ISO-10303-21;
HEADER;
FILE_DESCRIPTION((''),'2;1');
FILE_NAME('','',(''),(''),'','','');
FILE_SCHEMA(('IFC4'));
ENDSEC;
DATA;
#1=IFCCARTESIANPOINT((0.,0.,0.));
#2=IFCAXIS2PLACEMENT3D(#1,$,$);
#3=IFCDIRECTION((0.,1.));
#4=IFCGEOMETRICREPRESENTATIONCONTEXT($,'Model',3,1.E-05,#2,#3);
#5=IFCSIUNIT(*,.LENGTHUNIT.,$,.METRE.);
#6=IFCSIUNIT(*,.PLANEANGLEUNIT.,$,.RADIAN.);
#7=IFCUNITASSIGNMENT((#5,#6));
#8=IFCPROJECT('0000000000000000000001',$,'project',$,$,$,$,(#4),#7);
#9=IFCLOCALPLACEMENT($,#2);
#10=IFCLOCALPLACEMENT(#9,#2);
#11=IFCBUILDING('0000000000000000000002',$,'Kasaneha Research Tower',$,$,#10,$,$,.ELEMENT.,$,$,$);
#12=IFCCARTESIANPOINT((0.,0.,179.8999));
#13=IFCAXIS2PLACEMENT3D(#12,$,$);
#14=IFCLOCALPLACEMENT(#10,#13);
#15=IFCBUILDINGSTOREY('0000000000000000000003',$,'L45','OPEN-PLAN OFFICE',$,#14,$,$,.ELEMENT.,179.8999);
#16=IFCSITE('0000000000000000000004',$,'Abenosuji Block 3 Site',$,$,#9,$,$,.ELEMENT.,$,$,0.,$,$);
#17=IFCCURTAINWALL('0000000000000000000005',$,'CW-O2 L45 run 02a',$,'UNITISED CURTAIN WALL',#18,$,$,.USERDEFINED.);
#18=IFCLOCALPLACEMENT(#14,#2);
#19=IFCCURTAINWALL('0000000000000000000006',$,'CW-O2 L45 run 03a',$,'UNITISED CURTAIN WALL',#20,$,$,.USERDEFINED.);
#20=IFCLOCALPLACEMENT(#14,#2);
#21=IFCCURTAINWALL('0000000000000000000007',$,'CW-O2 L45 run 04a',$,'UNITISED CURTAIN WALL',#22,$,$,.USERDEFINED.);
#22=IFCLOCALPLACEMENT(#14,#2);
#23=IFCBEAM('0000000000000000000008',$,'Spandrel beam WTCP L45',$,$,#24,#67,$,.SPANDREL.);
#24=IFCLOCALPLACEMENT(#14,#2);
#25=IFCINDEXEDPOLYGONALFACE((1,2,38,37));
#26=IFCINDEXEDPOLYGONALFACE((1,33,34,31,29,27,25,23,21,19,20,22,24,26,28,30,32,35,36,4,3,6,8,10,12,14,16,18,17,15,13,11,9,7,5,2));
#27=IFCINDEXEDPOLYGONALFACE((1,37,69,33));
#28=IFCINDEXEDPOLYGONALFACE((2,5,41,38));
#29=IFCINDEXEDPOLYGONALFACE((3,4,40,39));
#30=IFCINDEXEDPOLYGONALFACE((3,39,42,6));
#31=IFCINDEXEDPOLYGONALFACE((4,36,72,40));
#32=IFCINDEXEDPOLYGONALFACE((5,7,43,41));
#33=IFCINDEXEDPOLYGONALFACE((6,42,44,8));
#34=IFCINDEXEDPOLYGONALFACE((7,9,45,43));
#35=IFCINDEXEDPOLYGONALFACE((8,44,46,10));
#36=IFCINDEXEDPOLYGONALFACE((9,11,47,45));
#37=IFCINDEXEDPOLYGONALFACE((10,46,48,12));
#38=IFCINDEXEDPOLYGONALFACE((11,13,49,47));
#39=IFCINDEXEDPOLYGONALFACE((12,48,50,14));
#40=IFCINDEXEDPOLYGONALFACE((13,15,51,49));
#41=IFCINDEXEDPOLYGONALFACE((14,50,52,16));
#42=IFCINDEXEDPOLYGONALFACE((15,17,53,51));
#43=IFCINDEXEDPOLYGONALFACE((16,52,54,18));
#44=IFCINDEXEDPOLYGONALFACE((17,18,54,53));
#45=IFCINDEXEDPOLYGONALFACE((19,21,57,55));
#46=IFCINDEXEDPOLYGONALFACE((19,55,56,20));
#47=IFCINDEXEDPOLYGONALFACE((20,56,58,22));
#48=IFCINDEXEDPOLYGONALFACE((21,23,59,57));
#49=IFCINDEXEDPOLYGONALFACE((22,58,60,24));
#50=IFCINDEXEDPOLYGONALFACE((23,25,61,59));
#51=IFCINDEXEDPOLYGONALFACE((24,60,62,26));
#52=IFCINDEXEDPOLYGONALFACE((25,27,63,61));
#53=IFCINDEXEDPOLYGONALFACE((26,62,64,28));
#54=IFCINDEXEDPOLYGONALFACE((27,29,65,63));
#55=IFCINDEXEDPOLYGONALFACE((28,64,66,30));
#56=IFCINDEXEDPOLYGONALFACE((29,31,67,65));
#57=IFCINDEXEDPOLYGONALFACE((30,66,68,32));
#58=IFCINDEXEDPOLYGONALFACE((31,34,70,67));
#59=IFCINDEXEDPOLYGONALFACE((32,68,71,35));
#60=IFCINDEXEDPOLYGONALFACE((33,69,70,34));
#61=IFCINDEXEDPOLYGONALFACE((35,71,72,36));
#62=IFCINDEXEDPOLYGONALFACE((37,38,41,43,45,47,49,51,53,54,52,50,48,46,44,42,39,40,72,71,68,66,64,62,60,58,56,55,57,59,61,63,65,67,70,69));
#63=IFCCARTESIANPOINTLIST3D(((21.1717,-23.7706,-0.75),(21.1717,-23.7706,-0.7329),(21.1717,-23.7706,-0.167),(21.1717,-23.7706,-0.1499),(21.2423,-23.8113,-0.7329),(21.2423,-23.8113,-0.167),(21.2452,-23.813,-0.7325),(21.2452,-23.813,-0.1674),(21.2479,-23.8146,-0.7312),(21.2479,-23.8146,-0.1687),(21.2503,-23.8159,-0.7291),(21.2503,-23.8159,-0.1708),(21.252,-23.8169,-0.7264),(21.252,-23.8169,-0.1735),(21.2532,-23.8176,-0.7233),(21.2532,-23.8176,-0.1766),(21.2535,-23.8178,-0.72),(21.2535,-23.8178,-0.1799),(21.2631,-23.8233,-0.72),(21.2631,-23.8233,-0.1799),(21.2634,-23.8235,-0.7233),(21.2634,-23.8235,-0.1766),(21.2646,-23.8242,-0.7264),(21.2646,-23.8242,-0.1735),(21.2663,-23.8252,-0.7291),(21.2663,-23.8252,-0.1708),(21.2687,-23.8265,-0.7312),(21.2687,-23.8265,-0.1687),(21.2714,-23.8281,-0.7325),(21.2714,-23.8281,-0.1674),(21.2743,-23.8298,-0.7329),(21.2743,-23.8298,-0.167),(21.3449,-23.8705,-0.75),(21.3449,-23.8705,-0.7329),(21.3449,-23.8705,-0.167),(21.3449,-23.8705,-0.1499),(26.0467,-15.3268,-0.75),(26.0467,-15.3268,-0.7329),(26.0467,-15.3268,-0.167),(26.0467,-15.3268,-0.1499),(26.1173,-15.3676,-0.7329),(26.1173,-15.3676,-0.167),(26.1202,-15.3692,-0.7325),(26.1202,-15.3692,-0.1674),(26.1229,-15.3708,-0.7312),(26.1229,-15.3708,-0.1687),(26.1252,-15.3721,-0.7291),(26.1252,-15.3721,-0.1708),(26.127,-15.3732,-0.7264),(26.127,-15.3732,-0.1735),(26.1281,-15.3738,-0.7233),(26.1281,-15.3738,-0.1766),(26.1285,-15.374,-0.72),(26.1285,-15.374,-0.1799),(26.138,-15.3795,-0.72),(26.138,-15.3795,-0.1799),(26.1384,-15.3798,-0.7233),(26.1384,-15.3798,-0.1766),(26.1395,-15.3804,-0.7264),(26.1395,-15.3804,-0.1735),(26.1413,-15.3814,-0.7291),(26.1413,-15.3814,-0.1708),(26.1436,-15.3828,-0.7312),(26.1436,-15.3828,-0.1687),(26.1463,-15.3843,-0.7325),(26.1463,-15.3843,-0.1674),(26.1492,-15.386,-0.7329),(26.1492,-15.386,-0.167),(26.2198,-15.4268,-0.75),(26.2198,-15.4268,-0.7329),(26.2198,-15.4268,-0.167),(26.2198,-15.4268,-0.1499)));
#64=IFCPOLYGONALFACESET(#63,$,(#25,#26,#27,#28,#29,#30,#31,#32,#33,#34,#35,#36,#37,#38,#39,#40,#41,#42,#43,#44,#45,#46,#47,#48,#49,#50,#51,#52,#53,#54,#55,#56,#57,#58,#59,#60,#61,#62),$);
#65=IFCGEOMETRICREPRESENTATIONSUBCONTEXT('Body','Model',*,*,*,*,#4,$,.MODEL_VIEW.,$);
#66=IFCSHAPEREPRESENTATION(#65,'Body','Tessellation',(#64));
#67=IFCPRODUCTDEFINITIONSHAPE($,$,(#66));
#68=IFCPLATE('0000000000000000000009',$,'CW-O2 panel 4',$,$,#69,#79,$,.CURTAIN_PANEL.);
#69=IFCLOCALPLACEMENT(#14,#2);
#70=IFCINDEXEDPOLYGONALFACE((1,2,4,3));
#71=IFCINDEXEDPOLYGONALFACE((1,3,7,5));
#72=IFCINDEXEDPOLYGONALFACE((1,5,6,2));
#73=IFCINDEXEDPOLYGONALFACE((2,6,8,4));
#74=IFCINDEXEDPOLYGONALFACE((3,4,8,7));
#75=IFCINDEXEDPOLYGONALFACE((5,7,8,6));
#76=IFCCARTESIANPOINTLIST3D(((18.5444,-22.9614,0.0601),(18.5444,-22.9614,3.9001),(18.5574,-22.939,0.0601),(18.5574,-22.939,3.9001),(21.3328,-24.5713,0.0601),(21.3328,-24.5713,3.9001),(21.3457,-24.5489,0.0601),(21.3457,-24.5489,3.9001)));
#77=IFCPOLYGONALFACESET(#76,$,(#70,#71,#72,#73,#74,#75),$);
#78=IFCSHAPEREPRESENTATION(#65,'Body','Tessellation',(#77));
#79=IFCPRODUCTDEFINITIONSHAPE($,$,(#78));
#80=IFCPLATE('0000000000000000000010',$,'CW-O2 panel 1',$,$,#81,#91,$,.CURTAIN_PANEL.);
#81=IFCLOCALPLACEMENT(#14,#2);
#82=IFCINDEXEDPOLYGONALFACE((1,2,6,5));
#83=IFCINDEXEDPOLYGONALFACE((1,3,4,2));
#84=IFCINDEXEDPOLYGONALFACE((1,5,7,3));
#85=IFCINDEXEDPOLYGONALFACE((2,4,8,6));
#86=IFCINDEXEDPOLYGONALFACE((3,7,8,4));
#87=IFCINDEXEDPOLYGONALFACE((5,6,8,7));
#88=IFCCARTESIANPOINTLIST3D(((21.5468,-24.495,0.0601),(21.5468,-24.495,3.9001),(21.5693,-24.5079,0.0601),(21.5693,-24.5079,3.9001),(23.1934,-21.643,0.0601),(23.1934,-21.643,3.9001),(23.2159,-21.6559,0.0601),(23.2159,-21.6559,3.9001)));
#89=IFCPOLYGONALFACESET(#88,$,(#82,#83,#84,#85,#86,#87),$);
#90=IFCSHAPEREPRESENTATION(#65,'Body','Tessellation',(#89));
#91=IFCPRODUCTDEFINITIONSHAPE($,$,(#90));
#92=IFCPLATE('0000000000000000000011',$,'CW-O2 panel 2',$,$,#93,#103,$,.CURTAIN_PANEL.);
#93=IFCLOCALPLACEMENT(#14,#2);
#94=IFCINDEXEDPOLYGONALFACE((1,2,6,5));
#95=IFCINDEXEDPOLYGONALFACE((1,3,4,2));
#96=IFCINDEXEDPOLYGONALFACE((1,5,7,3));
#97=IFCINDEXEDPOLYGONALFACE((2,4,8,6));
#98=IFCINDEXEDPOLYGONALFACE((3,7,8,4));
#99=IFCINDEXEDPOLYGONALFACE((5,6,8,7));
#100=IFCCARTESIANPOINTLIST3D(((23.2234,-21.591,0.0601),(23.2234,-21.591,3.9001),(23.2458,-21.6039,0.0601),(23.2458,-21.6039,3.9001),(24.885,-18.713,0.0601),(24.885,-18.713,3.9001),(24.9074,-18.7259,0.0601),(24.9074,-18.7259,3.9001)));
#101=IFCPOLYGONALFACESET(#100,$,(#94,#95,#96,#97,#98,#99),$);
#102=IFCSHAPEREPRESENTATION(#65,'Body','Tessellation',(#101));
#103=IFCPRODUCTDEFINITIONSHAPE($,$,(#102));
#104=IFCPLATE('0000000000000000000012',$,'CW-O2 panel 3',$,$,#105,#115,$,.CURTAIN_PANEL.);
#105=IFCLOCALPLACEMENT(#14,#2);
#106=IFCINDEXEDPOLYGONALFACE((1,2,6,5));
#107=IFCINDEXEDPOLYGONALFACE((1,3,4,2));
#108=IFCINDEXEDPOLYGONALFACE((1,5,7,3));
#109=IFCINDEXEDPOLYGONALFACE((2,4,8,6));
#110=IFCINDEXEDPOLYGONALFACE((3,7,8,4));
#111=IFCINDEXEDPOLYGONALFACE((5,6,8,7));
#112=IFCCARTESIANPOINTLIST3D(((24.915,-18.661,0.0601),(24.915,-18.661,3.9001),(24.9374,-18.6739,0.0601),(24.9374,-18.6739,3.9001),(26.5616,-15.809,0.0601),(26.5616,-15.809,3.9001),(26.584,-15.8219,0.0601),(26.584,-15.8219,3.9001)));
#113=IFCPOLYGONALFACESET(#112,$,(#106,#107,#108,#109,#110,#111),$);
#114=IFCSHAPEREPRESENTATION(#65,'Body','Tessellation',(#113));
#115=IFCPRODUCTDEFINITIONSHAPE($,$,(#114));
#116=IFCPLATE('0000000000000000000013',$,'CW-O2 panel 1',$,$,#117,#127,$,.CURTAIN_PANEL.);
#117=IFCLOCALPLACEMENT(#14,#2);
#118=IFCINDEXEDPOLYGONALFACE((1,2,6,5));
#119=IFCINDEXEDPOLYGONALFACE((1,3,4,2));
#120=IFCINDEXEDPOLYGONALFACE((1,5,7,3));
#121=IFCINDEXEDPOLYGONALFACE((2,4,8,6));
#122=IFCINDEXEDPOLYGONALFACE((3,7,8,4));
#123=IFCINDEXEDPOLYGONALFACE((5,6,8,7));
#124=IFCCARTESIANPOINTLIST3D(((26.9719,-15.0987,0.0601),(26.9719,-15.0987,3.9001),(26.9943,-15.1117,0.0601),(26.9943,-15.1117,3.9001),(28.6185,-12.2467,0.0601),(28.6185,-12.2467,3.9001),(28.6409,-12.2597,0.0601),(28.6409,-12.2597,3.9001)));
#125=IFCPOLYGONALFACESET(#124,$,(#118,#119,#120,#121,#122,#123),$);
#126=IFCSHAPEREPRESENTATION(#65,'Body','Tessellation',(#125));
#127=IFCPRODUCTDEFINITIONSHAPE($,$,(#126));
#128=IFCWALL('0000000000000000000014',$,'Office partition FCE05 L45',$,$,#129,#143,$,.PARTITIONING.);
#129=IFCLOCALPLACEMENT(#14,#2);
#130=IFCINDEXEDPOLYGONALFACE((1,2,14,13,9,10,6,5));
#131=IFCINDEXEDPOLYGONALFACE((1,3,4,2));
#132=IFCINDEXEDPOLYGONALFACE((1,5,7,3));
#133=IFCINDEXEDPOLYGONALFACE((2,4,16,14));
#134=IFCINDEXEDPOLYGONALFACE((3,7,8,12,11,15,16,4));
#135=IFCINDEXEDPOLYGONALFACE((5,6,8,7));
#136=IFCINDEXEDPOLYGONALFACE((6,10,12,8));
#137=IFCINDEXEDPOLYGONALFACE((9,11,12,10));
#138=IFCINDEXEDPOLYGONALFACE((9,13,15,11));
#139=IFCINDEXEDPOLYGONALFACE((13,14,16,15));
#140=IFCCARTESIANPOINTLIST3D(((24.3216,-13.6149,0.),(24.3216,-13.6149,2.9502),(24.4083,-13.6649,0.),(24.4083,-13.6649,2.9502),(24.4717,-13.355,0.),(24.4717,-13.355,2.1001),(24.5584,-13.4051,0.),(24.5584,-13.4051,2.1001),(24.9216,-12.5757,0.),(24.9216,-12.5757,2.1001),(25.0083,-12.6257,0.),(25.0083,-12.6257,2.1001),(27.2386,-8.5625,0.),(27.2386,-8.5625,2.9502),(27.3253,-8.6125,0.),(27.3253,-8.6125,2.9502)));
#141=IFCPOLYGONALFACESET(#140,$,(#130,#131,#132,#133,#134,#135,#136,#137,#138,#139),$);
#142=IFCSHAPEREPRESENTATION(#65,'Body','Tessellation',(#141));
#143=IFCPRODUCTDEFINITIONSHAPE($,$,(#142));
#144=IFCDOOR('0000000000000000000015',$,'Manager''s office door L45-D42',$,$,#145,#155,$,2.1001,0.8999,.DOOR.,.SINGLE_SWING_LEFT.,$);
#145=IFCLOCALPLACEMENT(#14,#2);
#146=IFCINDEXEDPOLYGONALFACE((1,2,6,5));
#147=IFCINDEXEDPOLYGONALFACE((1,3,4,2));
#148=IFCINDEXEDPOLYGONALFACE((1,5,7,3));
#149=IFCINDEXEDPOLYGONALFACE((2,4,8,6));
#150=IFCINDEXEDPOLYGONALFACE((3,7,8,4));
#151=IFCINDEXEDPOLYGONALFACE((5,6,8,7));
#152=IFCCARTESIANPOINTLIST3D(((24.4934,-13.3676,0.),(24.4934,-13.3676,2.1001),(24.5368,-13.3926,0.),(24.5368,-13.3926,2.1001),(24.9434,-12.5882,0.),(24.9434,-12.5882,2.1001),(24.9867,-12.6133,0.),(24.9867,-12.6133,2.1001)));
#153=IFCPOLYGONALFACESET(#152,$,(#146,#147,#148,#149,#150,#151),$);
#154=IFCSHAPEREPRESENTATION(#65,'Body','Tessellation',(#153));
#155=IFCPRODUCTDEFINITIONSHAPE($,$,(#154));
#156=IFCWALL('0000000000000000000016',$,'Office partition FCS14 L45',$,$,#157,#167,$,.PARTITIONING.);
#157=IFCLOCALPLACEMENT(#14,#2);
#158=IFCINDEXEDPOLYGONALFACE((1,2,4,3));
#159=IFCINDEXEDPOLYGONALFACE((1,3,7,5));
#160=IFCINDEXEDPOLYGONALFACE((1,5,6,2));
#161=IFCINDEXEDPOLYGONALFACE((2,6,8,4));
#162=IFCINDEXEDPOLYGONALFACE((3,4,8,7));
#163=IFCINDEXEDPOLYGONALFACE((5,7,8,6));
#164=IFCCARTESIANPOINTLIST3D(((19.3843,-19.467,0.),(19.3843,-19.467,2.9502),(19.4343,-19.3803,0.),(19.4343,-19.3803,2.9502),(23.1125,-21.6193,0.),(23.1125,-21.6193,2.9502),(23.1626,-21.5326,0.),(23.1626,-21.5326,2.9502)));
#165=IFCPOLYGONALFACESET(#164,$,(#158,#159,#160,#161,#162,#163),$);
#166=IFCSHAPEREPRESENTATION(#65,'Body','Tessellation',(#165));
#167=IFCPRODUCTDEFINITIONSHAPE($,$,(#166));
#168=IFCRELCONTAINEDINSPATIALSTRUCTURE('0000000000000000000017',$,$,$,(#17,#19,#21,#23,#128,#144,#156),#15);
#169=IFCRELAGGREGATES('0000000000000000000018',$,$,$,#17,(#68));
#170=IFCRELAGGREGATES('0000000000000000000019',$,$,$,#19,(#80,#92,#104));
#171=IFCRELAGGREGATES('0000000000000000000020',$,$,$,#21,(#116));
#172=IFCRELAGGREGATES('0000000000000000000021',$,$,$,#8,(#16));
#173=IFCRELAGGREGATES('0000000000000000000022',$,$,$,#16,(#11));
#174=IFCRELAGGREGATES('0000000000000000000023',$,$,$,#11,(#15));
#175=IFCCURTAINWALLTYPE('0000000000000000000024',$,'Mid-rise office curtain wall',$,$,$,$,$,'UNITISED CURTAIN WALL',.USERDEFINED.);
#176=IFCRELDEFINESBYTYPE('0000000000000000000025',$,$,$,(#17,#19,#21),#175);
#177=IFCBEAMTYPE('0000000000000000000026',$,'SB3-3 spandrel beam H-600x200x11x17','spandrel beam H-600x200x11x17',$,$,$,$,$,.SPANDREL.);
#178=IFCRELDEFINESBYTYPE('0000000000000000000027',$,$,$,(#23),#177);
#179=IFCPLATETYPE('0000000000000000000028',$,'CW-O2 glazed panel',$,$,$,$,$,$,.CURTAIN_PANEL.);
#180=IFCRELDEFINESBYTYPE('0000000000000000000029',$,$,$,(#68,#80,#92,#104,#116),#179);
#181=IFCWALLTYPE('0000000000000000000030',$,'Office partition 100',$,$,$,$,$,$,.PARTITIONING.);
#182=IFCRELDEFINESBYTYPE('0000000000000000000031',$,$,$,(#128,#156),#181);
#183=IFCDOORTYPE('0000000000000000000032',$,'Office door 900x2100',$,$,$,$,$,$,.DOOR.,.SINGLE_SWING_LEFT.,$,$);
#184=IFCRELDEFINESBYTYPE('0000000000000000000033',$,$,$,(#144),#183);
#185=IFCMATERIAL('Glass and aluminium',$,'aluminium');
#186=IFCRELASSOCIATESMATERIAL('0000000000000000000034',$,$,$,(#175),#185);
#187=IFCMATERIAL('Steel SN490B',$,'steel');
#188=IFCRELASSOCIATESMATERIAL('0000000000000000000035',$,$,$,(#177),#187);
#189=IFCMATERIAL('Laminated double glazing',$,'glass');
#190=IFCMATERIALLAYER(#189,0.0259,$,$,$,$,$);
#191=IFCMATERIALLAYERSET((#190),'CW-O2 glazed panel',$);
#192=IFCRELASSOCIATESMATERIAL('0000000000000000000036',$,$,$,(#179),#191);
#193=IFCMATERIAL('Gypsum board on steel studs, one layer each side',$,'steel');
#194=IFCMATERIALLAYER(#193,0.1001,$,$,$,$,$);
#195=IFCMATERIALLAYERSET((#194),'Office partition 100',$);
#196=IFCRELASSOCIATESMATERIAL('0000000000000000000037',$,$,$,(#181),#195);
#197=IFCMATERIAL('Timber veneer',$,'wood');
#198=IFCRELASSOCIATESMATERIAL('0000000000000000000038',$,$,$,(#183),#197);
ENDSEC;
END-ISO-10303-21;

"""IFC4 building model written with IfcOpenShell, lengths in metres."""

from ifc_helpers import new_model, si_unit, direction, frame, frame_2d, origin, origin_2d, place, context, subcontext, project, spatial, rectangle, i_section, extrude, material, layer, layer_set, material_profile, profile_set, type_object, element, fill, aggregate, save


model = new_model("IFC4")

# Units and contexts
model_context = context("Model", 3, precision=1e-05, world=origin(), true_north=direction((0.0, 1.0)))
body_context = subcontext(model_context, "Body", "Model", "MODEL_VIEW")
ifc_project = project(units=[si_unit("LENGTHUNIT", "METRE"), si_unit("PLANEANGLEUNIT", "RADIAN")], contexts=[model_context])

# Site, building, storey
site_placement = place(None, origin())
site = spatial("IfcSite", under=ifc_project, at=site_placement, Name="Abenosuji Block 3 Site", CompositionType="ELEMENT", RefElevation=0.0)
building_placement = place(site_placement, origin())
building = spatial("IfcBuilding", under=site, at=building_placement, Name="Kasaneha Research Tower", CompositionType="ELEMENT")
storey_placement = place(building_placement, frame((0.0, 0.0, 179.8999)))
storey = spatial("IfcBuildingStorey", under=building, at=storey_placement, Name="L45", Description="OPEN-PLAN OFFICE", CompositionType="ELEMENT", Elevation=179.8999)

# Curtain wall
ifc_material_1 = material(Name="Glass and aluminium", Category="aluminium")
curtain_wall_type = type_object("IfcCurtainWallType", Name="Mid-rise office curtain wall", ElementType="UNITISED CURTAIN WALL", PredefinedType="USERDEFINED", material=ifc_material_1)
curtain_wall_1_placement = place(storey_placement, origin())
curtain_wall_1 = element("IfcCurtainWall", 1, at=curtain_wall_1_placement, inside=storey, type_object=curtain_wall_type, Name="CW-O2 L45 run 02a", ObjectType="UNITISED CURTAIN WALL", PredefinedType="USERDEFINED")

# Curtain walls
curtain_wall_2_placement = place(storey_placement, origin())
curtain_wall_2 = element("IfcCurtainWall", 2, at=curtain_wall_2_placement, inside=storey, type_object=curtain_wall_type, Name="CW-O2 L45 run 03a", ObjectType="UNITISED CURTAIN WALL", PredefinedType="USERDEFINED")
curtain_wall_3_placement = place(storey_placement, origin())
curtain_wall_3 = element("IfcCurtainWall", 3, at=curtain_wall_3_placement, inside=storey, type_object=curtain_wall_type, Name="CW-O2 L45 run 04a", ObjectType="UNITISED CURTAIN WALL", PredefinedType="USERDEFINED")

# Beam
ifc_material_2 = material(Name="Steel SN490B", Category="steel")
ifc_material_profile_1 = material_profile(ifc_material_2, i_section(OverallWidth=0.2, OverallDepth=0.6001, WebThickness=0.011, FlangeThickness=0.0171, FilletRadius=0.0129, at=origin_2d()), Name="H-600x200x11x17")
ifc_profile_set_1 = profile_set([ifc_material_profile_1], Name="Steel SN490B")
beam_type = type_object("IfcBeamType", Name="SB3-3 spandrel beam H-600x200x11x17", Description="spandrel beam H-600x200x11x17", PredefinedType="SPANDREL", material=ifc_profile_set_1)
beam_placement = place(storey_placement, frame((21.2583, -23.8206, -0.45), z_axis=(0.499996, 0.866028, 0.0), x_axis=(-0.866028, 0.499996, 0.0)))
element("IfcBeam", 4, at=beam_placement, inside=storey, type_object=beam_type, Name="Spandrel beam WTCP L45", PredefinedType="SPANDREL", context=body_context, shape_type="SweptSolid", body=[
    extrude(i_section(OverallWidth=0.2, OverallDepth=0.6001, WebThickness=0.011, FlangeThickness=0.0171, FilletRadius=0.0129, at=origin_2d()), origin(), (0.0, 0.0, 1.0), 9.75),
])

# Plates
ifc_material_3 = material(Name="Laminated double glazing", Category="glass")
ifc_layer_1 = layer(ifc_material_3, 0.0259)
ifc_layer_set_1 = layer_set([ifc_layer_1], Name="CW-O2 glazed panel")
plate_type = type_object("IfcPlateType", Name="CW-O2 glazed panel", PredefinedType="CURTAIN_PANEL", material=ifc_layer_set_1)
plate_1_placement = place(storey_placement, frame((19.9451, -23.7551, 0.0601), z_axis=(0.0, 0.0, 1.0), x_axis=(0.866025, -0.5, 0.0)))
plate_1 = element("IfcPlate", 5, at=plate_1_placement, type_object=plate_type, Name="CW-O2 panel 4", PredefinedType="CURTAIN_PANEL", context=body_context, shape_type="SweptSolid", body=[
    extrude(rectangle(XDim=3.2197, YDim=0.0259, at=origin_2d()), origin(), (0.0, 0.0, 1.0), 3.8401),
])
aggregate(curtain_wall_1, [plate_1])
plate_2_placement = place(storey_placement, frame((22.3813, -23.0754, 0.0601), z_axis=(0.0, 0.0, 1.0), x_axis=(0.5, 0.866025, 0.0)))
plate_2 = element("IfcPlate", 6, at=plate_2_placement, type_object=plate_type, Name="CW-O2 panel 1", PredefinedType="CURTAIN_PANEL", context=body_context, shape_type="SweptSolid", body=[
    extrude(rectangle(XDim=3.2932, YDim=0.0259, at=origin_2d()), origin(), (0.0, 0.0, 1.0), 3.8401),
])
plate_3_placement = place(storey_placement, frame((24.0654, -20.1584, 0.0601), z_axis=(0.0, 0.0, 1.0), x_axis=(0.5, 0.866025, 0.0)))
plate_3 = element("IfcPlate", 7, at=plate_3_placement, type_object=plate_type, Name="CW-O2 panel 2", PredefinedType="CURTAIN_PANEL", context=body_context, shape_type="SweptSolid", body=[
    extrude(rectangle(XDim=3.3232, YDim=0.0259, at=origin_2d()), origin(), (0.0, 0.0, 1.0), 3.8401),
])
plate_4_placement = place(storey_placement, frame((25.7495, -17.2415, 0.0601), z_axis=(0.0, 0.0, 1.0), x_axis=(0.5, 0.866025, 0.0)))
plate_4 = element("IfcPlate", 8, at=plate_4_placement, type_object=plate_type, Name="CW-O2 panel 3", PredefinedType="CURTAIN_PANEL", context=body_context, shape_type="SweptSolid", body=[
    extrude(rectangle(XDim=3.2932, YDim=0.0259, at=origin_2d()), origin(), (0.0, 0.0, 1.0), 3.8401),
])
aggregate(curtain_wall_2, [plate_2, plate_3, plate_4])
plate_5_placement = place(storey_placement, frame((27.8064, -13.6792, 0.0601), z_axis=(0.0, 0.0, 1.0), x_axis=(0.5, 0.866025, 0.0)))
plate_5 = element("IfcPlate", 9, at=plate_5_placement, type_object=plate_type, Name="CW-O2 panel 1", PredefinedType="CURTAIN_PANEL", context=body_context, shape_type="SweptSolid", body=[
    extrude(rectangle(XDim=3.2932, YDim=0.0259, at=origin_2d()), origin(), (0.0, 0.0, 1.0), 3.8401),
])
aggregate(curtain_wall_3, [plate_5])

# Wall, opening, door
ifc_material_4 = material(Name="Gypsum board on steel studs, one layer each side", Category="steel")
ifc_layer_2 = layer(ifc_material_4, 0.1001)
ifc_layer_set_2 = layer_set([ifc_layer_2], Name="Office partition 100")
wall_type_1 = type_object("IfcWallType", Name="Office partition 100", PredefinedType="PARTITIONING", material=ifc_layer_set_2)
wall_1_placement = place(storey_placement, frame((24.365, -13.6399, 0.0), z_axis=(0.0, 0.0, 1.0), x_axis=(0.499992, 0.86603, 0.0)))
wall_1 = element("IfcWall", 10, at=wall_1_placement, inside=storey, type_object=wall_type_1, Name="Office partition FCE05 L45", PredefinedType="PARTITIONING", context=body_context, shape_type="SweptSolid", body=[
    extrude(rectangle(XDim=5.834, YDim=0.1001, at=frame_2d((2.917, 0.0))), origin(), (0.0, 0.0, 1.0), 2.9502),
])
opening_1_placement = place(wall_1_placement, frame((0.3, 0.0, 0.0)))
opening_1 = element("IfcOpeningElement", 11, at=opening_1_placement, cuts=wall_1, PredefinedType="OPENING", context=body_context, shape_type="SweptSolid", body=[
    extrude(rectangle(XDim=0.8999, YDim=2.1001, at=frame_2d((0.45, 1.05))), frame((0.0, 0.0601, 0.0), z_axis=(0.0, -1.0, 0.0), x_axis=(1.0, 0.0, 0.0)), (0.0, 0.0, 1.0), 0.1201),
])
ifc_material_5 = material(Name="Timber veneer", Category="wood")
door_type_1 = type_object("IfcDoorType", Name="Office door 900x2100", OperationType="SINGLE_SWING_LEFT", PredefinedType="DOOR", material=ifc_material_5)
door_1_placement = place(opening_1_placement, origin())
door_1 = element("IfcDoor", 12, at=door_1_placement, inside=storey, type_object=door_type_1, Name="Manager's office door L45-D42", OperationType="SINGLE_SWING_LEFT", OverallHeight=2.1001, OverallWidth=0.8999, PredefinedType="DOOR", context=body_context, shape_type="SweptSolid", body=[
    extrude(rectangle(XDim=0.8999, YDim=2.1001, at=frame_2d((0.45, 1.05))), frame((0.0, 0.0249, 0.0), z_axis=(0.0, -1.0, 0.0), x_axis=(1.0, 0.0, 0.0)), (0.0, 0.0, 1.0), 0.05),
])
fill(opening_1, door_1)

# Wall
wall_2_placement = place(storey_placement, frame((23.1375, -21.5759, 0.0), z_axis=(0.0, 0.0, 1.0), x_axis=(-0.866043, 0.49997, 0.0)))
element("IfcWall", 13, at=wall_2_placement, inside=storey, type_object=wall_type_1, Name="Office partition FCS14 L45", PredefinedType="PARTITIONING", context=body_context, shape_type="SweptSolid", body=[
    extrude(rectangle(XDim=4.3049, YDim=0.1001, at=frame_2d((2.1523, 0.0))), origin(), (0.0, 0.0, 1.0), 2.9502),
])

save(model, "model.ifc")
